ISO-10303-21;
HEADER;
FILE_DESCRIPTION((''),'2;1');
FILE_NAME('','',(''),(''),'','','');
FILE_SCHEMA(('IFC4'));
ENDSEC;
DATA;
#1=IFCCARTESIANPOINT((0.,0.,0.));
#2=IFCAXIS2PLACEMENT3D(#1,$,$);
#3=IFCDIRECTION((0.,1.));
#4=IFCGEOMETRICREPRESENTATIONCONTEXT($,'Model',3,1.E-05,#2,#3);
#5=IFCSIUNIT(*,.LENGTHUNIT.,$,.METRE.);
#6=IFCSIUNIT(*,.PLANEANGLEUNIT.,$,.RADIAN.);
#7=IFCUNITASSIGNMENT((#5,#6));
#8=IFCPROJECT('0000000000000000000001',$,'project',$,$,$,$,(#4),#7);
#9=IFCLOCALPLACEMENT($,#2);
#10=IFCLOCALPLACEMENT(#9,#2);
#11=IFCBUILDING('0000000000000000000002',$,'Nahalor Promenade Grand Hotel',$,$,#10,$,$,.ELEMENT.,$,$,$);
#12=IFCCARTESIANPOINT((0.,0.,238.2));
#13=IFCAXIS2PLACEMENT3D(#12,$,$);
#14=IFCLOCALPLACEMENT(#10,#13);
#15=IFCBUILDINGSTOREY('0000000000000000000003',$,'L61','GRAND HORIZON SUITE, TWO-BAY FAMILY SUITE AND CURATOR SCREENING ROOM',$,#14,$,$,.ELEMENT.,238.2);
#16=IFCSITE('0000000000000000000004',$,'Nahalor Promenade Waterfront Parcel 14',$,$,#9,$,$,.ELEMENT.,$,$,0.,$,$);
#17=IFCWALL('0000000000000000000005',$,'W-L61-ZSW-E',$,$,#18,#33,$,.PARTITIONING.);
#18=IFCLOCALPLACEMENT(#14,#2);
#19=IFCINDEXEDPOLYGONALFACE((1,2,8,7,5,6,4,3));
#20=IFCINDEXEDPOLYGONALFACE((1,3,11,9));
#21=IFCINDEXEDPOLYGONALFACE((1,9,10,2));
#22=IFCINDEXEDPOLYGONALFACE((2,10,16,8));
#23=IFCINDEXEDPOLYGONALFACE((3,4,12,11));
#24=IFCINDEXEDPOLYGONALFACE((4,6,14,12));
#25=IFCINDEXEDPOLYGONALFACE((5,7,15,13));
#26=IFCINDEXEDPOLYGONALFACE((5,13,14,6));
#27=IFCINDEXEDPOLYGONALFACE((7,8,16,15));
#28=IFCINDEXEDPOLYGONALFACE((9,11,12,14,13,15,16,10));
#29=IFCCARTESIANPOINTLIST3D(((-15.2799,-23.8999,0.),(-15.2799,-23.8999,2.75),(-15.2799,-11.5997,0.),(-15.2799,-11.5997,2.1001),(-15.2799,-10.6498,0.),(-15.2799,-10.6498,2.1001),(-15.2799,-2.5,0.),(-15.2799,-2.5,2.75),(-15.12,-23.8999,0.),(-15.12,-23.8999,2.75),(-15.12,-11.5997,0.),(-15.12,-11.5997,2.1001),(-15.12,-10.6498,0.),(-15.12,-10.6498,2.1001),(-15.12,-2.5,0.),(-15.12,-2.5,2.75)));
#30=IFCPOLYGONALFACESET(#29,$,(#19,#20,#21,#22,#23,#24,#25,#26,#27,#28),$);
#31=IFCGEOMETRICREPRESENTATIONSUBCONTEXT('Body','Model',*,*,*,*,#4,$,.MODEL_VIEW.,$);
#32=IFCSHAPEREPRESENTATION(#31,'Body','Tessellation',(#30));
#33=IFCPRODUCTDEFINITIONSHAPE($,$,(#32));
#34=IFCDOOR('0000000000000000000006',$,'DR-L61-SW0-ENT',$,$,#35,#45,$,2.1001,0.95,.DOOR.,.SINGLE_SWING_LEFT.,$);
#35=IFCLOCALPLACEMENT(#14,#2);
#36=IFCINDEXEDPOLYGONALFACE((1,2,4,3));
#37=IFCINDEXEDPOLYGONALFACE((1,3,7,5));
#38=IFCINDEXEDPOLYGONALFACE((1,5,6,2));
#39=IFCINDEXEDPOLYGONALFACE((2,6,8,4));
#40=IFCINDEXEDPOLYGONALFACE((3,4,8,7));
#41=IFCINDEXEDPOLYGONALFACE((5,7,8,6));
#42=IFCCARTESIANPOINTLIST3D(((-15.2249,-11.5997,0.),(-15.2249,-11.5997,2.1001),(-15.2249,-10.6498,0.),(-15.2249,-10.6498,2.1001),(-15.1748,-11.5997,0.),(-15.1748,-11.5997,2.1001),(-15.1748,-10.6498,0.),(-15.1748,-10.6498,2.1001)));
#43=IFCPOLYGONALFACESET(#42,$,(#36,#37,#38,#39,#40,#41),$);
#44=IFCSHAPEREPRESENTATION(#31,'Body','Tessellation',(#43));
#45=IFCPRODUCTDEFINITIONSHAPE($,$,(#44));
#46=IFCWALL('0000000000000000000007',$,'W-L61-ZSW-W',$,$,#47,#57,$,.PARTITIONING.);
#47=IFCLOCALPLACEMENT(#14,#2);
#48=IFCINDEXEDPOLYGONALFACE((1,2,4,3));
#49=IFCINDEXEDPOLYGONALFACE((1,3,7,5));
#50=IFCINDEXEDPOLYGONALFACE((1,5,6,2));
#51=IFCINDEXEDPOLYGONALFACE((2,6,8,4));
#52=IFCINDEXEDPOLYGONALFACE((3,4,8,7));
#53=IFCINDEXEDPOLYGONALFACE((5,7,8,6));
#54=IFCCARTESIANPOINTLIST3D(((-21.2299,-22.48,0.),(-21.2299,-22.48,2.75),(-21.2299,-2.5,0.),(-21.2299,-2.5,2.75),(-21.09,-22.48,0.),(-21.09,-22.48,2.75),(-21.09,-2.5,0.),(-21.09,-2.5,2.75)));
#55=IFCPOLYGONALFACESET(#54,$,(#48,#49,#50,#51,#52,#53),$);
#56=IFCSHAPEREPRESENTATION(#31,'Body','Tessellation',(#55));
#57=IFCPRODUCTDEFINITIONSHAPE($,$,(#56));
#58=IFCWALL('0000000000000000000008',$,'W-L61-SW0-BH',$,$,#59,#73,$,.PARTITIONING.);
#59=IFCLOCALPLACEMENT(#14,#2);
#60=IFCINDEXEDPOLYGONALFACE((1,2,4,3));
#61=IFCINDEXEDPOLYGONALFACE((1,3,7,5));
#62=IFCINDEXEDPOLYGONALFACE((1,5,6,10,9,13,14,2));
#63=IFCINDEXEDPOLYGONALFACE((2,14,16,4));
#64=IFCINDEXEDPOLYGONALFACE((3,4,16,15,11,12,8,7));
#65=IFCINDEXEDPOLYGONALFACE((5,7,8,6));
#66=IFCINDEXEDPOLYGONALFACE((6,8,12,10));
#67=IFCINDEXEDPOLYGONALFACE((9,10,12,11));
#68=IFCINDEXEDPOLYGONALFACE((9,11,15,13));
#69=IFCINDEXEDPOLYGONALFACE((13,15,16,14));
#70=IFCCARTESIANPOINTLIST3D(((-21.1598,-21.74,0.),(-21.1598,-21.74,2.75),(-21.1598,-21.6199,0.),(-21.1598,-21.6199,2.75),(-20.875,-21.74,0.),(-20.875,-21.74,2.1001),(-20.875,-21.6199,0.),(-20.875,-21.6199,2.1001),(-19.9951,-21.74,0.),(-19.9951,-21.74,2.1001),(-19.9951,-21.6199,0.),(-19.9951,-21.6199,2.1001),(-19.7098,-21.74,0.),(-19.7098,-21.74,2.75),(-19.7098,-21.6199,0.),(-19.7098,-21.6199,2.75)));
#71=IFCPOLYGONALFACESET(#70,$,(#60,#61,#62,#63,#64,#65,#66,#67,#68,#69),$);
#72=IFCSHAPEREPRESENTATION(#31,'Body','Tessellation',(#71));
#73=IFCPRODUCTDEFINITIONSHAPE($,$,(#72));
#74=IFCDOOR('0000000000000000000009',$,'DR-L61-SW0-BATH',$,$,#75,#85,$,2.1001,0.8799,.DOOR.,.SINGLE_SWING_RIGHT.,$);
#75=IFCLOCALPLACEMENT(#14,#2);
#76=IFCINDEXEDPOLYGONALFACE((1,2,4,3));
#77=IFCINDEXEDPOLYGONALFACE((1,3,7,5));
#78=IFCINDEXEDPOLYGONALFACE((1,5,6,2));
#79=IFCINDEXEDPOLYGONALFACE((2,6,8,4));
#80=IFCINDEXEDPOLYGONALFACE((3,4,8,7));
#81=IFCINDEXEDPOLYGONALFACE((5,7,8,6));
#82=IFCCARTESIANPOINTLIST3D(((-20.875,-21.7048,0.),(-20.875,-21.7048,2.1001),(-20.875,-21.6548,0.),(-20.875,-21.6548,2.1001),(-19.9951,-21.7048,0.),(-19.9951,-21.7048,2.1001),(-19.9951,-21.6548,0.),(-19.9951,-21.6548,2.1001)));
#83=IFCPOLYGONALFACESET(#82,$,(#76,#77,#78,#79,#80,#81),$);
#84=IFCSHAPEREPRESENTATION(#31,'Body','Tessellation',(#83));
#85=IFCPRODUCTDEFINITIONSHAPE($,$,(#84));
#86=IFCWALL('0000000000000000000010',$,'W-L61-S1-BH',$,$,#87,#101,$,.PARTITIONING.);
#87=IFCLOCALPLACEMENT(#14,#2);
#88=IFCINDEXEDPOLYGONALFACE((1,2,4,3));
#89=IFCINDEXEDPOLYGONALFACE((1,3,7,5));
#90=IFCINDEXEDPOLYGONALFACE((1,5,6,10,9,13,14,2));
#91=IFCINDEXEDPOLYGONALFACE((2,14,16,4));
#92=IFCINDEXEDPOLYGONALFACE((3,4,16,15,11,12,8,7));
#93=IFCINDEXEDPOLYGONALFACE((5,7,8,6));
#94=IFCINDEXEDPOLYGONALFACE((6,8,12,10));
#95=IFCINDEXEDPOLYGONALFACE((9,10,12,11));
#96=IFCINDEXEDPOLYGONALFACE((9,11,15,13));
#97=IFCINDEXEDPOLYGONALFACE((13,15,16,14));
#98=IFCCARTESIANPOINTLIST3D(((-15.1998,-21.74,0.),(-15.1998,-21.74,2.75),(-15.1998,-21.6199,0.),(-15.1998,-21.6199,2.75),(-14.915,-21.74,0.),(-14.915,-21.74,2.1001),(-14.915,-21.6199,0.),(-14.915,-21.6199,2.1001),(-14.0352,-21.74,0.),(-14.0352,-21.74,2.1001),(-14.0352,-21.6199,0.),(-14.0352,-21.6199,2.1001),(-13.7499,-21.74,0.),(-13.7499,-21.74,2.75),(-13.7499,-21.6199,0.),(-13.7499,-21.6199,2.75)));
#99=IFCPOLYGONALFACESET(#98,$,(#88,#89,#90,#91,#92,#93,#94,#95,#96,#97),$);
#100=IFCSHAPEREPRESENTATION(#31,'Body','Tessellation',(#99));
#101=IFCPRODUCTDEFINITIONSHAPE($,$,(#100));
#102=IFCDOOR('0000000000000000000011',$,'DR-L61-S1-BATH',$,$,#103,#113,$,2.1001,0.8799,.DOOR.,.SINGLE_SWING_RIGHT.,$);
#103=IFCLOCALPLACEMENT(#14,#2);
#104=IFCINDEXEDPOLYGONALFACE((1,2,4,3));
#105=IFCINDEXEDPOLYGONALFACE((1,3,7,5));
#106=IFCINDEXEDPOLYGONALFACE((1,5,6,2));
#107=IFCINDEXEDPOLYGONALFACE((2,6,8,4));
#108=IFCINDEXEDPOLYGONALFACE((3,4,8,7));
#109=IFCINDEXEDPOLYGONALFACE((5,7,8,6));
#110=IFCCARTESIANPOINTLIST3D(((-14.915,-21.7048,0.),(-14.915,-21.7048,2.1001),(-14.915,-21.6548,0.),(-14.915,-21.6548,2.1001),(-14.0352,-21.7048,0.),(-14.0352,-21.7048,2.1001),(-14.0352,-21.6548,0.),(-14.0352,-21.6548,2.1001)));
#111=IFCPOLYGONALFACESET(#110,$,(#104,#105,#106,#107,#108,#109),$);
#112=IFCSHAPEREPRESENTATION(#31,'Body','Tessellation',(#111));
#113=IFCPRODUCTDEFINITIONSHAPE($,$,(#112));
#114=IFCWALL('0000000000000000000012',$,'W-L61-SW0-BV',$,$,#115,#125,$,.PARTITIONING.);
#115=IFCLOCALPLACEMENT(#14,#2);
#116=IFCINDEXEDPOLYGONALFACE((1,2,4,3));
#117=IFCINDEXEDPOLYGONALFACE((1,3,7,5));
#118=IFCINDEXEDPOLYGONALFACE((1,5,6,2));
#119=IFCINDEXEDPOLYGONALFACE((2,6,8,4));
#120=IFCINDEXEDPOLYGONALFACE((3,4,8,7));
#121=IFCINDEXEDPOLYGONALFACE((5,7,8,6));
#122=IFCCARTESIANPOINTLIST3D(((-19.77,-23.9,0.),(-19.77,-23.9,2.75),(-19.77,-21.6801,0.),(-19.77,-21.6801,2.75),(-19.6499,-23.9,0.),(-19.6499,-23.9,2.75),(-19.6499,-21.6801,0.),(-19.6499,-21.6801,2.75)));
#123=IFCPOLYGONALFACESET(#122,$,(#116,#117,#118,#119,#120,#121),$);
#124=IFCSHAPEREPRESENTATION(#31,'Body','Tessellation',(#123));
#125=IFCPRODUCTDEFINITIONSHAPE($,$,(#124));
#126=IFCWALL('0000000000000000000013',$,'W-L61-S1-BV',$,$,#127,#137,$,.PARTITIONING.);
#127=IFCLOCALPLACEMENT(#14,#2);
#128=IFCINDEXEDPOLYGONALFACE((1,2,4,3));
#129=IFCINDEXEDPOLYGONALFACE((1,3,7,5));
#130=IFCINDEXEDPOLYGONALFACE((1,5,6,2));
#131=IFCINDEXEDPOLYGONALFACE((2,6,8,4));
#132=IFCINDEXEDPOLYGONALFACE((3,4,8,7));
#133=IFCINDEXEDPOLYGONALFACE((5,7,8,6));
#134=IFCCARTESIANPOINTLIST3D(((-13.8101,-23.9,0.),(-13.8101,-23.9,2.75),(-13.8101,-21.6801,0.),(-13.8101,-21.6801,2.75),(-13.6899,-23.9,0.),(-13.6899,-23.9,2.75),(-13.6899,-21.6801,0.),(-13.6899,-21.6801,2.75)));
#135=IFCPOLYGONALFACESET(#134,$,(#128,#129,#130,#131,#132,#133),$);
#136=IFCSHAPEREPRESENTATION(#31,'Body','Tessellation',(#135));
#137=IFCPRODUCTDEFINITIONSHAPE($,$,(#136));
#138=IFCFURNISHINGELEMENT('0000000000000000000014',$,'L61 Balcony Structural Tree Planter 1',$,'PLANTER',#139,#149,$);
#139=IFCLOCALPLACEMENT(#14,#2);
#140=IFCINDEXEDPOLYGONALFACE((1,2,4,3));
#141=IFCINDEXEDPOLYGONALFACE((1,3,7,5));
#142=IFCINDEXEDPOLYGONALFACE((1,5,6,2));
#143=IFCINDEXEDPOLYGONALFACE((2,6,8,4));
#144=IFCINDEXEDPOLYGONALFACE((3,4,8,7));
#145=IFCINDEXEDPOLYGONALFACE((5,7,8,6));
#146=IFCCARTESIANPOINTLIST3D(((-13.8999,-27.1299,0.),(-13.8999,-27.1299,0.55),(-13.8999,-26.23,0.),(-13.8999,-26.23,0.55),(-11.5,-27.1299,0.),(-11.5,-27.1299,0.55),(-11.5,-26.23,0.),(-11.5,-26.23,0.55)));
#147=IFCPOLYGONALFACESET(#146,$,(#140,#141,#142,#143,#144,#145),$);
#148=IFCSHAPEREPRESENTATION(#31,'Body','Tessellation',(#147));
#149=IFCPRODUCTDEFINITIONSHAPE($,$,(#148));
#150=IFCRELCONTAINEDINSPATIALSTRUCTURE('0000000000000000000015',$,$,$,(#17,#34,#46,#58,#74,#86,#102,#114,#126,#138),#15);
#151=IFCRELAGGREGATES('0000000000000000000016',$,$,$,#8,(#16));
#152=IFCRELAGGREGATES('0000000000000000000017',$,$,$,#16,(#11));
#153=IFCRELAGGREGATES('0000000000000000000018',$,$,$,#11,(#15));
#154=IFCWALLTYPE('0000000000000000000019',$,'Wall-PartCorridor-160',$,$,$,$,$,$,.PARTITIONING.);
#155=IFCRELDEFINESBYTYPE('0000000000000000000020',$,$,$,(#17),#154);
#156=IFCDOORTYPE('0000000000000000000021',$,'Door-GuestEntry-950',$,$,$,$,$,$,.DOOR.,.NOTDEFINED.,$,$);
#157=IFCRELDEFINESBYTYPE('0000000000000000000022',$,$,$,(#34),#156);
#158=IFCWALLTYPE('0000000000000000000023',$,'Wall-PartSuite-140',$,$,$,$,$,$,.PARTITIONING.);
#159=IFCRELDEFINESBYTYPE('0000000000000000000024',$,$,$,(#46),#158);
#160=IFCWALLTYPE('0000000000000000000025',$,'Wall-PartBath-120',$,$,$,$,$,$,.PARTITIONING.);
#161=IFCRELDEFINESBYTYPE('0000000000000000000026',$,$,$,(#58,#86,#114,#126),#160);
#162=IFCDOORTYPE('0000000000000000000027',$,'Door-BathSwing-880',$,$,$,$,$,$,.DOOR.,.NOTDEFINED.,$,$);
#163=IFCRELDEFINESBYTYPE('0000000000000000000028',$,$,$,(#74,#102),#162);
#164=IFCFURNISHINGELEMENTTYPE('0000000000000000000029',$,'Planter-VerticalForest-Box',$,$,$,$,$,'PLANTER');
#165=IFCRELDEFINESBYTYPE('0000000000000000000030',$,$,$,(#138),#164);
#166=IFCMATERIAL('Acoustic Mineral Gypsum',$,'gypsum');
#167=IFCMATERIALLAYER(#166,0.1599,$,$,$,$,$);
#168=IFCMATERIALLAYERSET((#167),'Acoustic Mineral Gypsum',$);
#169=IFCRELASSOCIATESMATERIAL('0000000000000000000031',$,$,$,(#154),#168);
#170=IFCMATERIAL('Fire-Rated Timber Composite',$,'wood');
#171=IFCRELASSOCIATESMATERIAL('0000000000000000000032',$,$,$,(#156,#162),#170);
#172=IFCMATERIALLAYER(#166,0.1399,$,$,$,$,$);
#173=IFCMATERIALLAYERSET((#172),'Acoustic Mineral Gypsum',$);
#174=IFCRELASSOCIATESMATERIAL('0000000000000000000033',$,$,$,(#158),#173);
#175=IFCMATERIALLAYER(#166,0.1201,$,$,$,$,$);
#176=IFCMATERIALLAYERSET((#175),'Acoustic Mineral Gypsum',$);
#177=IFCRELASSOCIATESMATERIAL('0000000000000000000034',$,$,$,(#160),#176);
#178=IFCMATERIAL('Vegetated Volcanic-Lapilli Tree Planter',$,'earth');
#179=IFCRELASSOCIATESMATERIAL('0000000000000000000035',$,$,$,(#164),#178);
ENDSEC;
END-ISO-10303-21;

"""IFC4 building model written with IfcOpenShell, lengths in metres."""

from ifc_helpers import new_model, si_unit, direction, frame, frame_2d, origin, origin_2d, place, context, subcontext, project, spatial, rectangle, extrude, source, transform, mapped, material, layer, layer_set, type_object, element, fill, save


model = new_model("IFC4")

# Units and contexts
model_context = context("Model", 3, precision=1e-05, world=origin(), true_north=direction((0.0, 1.0)))
body_context = subcontext(model_context, "Body", "Model", "MODEL_VIEW")
ifc_project = project(units=[si_unit("LENGTHUNIT", "METRE"), si_unit("PLANEANGLEUNIT", "RADIAN")], contexts=[model_context])

# Site, building, storey
site_placement = place(None, origin())
site = spatial("IfcSite", under=ifc_project, at=site_placement, Name="Nahalor Promenade Waterfront Parcel 14", CompositionType="ELEMENT", RefElevation=0.0)
building_placement = place(site_placement, origin())
building = spatial("IfcBuilding", under=site, at=building_placement, Name="Nahalor Promenade Grand Hotel", CompositionType="ELEMENT")
storey_placement = place(building_placement, frame((0.0, 0.0, 238.2)))
storey = spatial("IfcBuildingStorey", under=building, at=storey_placement, Name="L61", Description="GRAND HORIZON SUITE, TWO-BAY FAMILY SUITE AND CURATOR SCREENING ROOM", CompositionType="ELEMENT", Elevation=238.2)

# Wall, opening, door
ifc_material_1 = material(Name="Acoustic Mineral Gypsum", Category="gypsum")
ifc_layer_1 = layer(ifc_material_1, 0.1599)
ifc_layer_set_1 = layer_set([ifc_layer_1], Name="Acoustic Mineral Gypsum")
wall_type_1 = type_object("IfcWallType", Name="Wall-PartCorridor-160", PredefinedType="PARTITIONING", material=ifc_layer_set_1)
shared_shape_1 = source(origin(), body_context, "Body", "SweptSolid", [
    extrude(rectangle(XDim=21.3999, YDim=0.1599, at=frame_2d((10.7, 0.0))), origin(), (0.0, 0.0, 1.0), 2.75),
])
wall_1_placement = place(storey_placement, frame((-15.2, -23.8999, 0.0), z_axis=(0.0, 0.0, 1.0), x_axis=(0.0, 1.0, 0.0)))
wall_1 = element("IfcWall", 1, at=wall_1_placement, inside=storey, type_object=wall_type_1, Name="W-L61-ZSW-E", PredefinedType="PARTITIONING", context=body_context, shape_type="MappedRepresentation", body=[
    mapped(shared_shape_1, transform((0.0, 0.0, 0.0), scale=1.0)),
])
opening_1_placement = place(wall_1_placement, frame((12.3, 0.0, 0.0)))
opening_1 = element("IfcOpeningElement", 2, at=opening_1_placement, cuts=wall_1, PredefinedType="OPENING", context=body_context, shape_type="SweptSolid", body=[
    extrude(rectangle(XDim=0.95, YDim=2.1001, at=frame_2d((0.4751, 1.05))), frame((0.0, 0.0898, 0.0), z_axis=(0.0, -1.0, 0.0), x_axis=(1.0, 0.0, 0.0)), (0.0, 0.0, 1.0), 0.1799),
])
ifc_material_2 = material(Name="Fire-Rated Timber Composite", Category="wood")
door_type_1 = type_object("IfcDoorType", Name="Door-GuestEntry-950", OperationType="NOTDEFINED", PredefinedType="DOOR", material=ifc_material_2)
shared_shape_2 = source(origin(), body_context, "Body", "SweptSolid", [
    extrude(rectangle(XDim=0.95, YDim=2.1001, at=frame_2d((0.4751, 1.05))), frame((0.0, 0.0249, 0.0), z_axis=(0.0, -1.0, 0.0), x_axis=(1.0, 0.0, 0.0)), (0.0, 0.0, 1.0), 0.05),
])
door_1_placement = place(opening_1_placement, origin())
door_1 = element("IfcDoor", 3, at=door_1_placement, inside=storey, type_object=door_type_1, Name="DR-L61-SW0-ENT", OperationType="SINGLE_SWING_LEFT", OverallHeight=2.1001, OverallWidth=0.95, PredefinedType="DOOR", context=body_context, shape_type="MappedRepresentation", body=[
    mapped(shared_shape_2, transform((0.0, 0.0, 0.0), scale=1.0)),
])
fill(opening_1, door_1)

# Wall
ifc_layer_2 = layer(ifc_material_1, 0.1399)
ifc_layer_set_2 = layer_set([ifc_layer_2], Name="Acoustic Mineral Gypsum")
wall_type_2 = type_object("IfcWallType", Name="Wall-PartSuite-140", PredefinedType="PARTITIONING", material=ifc_layer_set_2)
shared_shape_3 = source(origin(), body_context, "Body", "SweptSolid", [
    extrude(rectangle(XDim=19.98, YDim=0.1399, at=frame_2d((9.99, 0.0))), origin(), (0.0, 0.0, 1.0), 2.75),
])
wall_2_placement = place(storey_placement, frame((-21.1599, -22.48, 0.0), z_axis=(0.0, 0.0, 1.0), x_axis=(0.0, 1.0, 0.0)))
element("IfcWall", 4, at=wall_2_placement, inside=storey, type_object=wall_type_2, Name="W-L61-ZSW-W", PredefinedType="PARTITIONING", context=body_context, shape_type="MappedRepresentation", body=[
    mapped(shared_shape_3, transform((0.0, 0.0, 0.0), scale=1.0)),
])

# Walls, openings, doors
ifc_layer_3 = layer(ifc_material_1, 0.1201)
ifc_layer_set_3 = layer_set([ifc_layer_3], Name="Acoustic Mineral Gypsum")
wall_type_3 = type_object("IfcWallType", Name="Wall-PartBath-120", PredefinedType="PARTITIONING", material=ifc_layer_set_3)
shared_shape_4 = source(origin(), body_context, "Body", "SweptSolid", [
    extrude(rectangle(XDim=1.45, YDim=0.1201, at=frame_2d((0.7251, 0.0))), origin(), (0.0, 0.0, 1.0), 2.75),
])
wall_3_placement = place(storey_placement, frame((-21.1599, -21.6799, 0.0), z_axis=(0.0, 0.0, 1.0), x_axis=(1.0, 0.0, 0.0)))
wall_3 = element("IfcWall", 5, at=wall_3_placement, inside=storey, type_object=wall_type_3, Name="W-L61-SW0-BH", PredefinedType="PARTITIONING", context=body_context, shape_type="MappedRepresentation", body=[
    mapped(shared_shape_4, transform((0.0, 0.0, 0.0), scale=1.0)),
])
opening_2_placement = place(wall_3_placement, frame((0.2849, 0.0, 0.0)))
opening_2 = element("IfcOpeningElement", 6, at=opening_2_placement, cuts=wall_3, PredefinedType="OPENING", context=body_context, shape_type="SweptSolid", body=[
    extrude(rectangle(XDim=0.8799, YDim=2.1001, at=frame_2d((0.4399, 1.05))), frame((0.0, 0.0701, 0.0), z_axis=(0.0, -1.0, 0.0), x_axis=(1.0, 0.0, 0.0)), (0.0, 0.0, 1.0), 0.1401),
])
door_type_2 = type_object("IfcDoorType", Name="Door-BathSwing-880", OperationType="NOTDEFINED", PredefinedType="DOOR", material=ifc_material_2)
shared_shape_5 = source(origin(), body_context, "Body", "SweptSolid", [
    extrude(rectangle(XDim=0.8799, YDim=2.1001, at=frame_2d((0.4399, 1.05))), frame((0.0, 0.0249, 0.0), z_axis=(0.0, -1.0, 0.0), x_axis=(1.0, 0.0, 0.0)), (0.0, 0.0, 1.0), 0.05),
])
door_2_placement = place(opening_2_placement, frame((0.8799, 0.0, 0.0), z_axis=(0.0, 0.0, 1.0), x_axis=(-1.0, 0.0, 0.0)))
door_2 = element("IfcDoor", 7, at=door_2_placement, inside=storey, type_object=door_type_2, Name="DR-L61-SW0-BATH", OperationType="SINGLE_SWING_RIGHT", OverallHeight=2.1001, OverallWidth=0.8799, PredefinedType="DOOR", context=body_context, shape_type="MappedRepresentation", body=[
    mapped(shared_shape_5, transform((0.0, 0.0, 0.0), scale=1.0)),
])
fill(opening_2, door_2)
wall_4_placement = place(storey_placement, frame((-15.2, -21.6799, 0.0), z_axis=(0.0, 0.0, 1.0), x_axis=(1.0, 0.0, 0.0)))
wall_4 = element("IfcWall", 8, at=wall_4_placement, inside=storey, type_object=wall_type_3, Name="W-L61-S1-BH", PredefinedType="PARTITIONING", context=body_context, shape_type="MappedRepresentation", body=[
    mapped(shared_shape_4, transform((0.0, 0.0, 0.0), scale=1.0)),
])
opening_3_placement = place(wall_4_placement, frame((0.2849, 0.0, 0.0)))
opening_3 = element("IfcOpeningElement", 9, at=opening_3_placement, cuts=wall_4, PredefinedType="OPENING", context=body_context, shape_type="SweptSolid", body=[
    extrude(rectangle(XDim=0.8799, YDim=2.1001, at=frame_2d((0.4399, 1.05))), frame((0.0, 0.0701, 0.0), z_axis=(0.0, -1.0, 0.0), x_axis=(1.0, 0.0, 0.0)), (0.0, 0.0, 1.0), 0.1401),
])
door_3_placement = place(opening_3_placement, frame((0.8799, 0.0, 0.0), z_axis=(0.0, 0.0, 1.0), x_axis=(-1.0, 0.0, 0.0)))
door_3 = element("IfcDoor", 10, at=door_3_placement, inside=storey, type_object=door_type_2, Name="DR-L61-S1-BATH", OperationType="SINGLE_SWING_RIGHT", OverallHeight=2.1001, OverallWidth=0.8799, PredefinedType="DOOR", context=body_context, shape_type="MappedRepresentation", body=[
    mapped(shared_shape_5, transform((0.0, 0.0, 0.0), scale=1.0)),
])
fill(opening_3, door_3)

# Walls
shared_shape_6 = source(origin(), body_context, "Body", "SweptSolid", [
    extrude(rectangle(XDim=2.22, YDim=0.1201, at=frame_2d((1.1099, 0.0))), origin(), (0.0, 0.0, 1.0), 2.75),
])
for number, where, z_axis, x_axis, name in (
    (11, (-19.71, -23.8999, 0.0), (0.0, 0.0, 1.0), (0.0, 1.0, 0.0), "W-L61-SW0-BV"),
    (12, (-13.75, -23.8999, 0.0), (0.0, 0.0, 1.0), (0.0, 1.0, 0.0), "W-L61-S1-BV"),
):
    element("IfcWall", number, at=place(storey_placement, frame(where, z_axis=z_axis, x_axis=x_axis)), inside=storey, type_object=wall_type_3, Name=name, PredefinedType="PARTITIONING", context=body_context, shape_type="MappedRepresentation", body=[
        mapped(shared_shape_6, transform((0.0, 0.0, 0.0), scale=1.0)),
    ])

# Furnishing element
ifc_material_3 = material(Name="Vegetated Volcanic-Lapilli Tree Planter", Category="earth")
furnishing_element_type = type_object("IfcFurnishingElementType", Name="Planter-VerticalForest-Box", ElementType="PLANTER", material=ifc_material_3)
shared_shape_7 = source(origin(), body_context, "Body", "SweptSolid", [
    extrude(rectangle(XDim=2.3999, YDim=0.8999, at=origin_2d()), origin(), (0.0, 0.0, 1.0), 0.55),
])
furnishing_placement = place(storey_placement, frame((-12.7, -26.6799, 0.0), z_axis=(0.0, 0.0, 1.0), x_axis=(1.0, 0.0, 0.0)))
element("IfcFurnishingElement", 13, at=furnishing_placement, inside=storey, type_object=furnishing_element_type, Name="L61 Balcony Structural Tree Planter 1", ObjectType="PLANTER", context=body_context, shape_type="MappedRepresentation", body=[
    mapped(shared_shape_7, transform((0.0, 0.0, 0.0), scale=1.0)),
])

save(model, "model.ifc")
